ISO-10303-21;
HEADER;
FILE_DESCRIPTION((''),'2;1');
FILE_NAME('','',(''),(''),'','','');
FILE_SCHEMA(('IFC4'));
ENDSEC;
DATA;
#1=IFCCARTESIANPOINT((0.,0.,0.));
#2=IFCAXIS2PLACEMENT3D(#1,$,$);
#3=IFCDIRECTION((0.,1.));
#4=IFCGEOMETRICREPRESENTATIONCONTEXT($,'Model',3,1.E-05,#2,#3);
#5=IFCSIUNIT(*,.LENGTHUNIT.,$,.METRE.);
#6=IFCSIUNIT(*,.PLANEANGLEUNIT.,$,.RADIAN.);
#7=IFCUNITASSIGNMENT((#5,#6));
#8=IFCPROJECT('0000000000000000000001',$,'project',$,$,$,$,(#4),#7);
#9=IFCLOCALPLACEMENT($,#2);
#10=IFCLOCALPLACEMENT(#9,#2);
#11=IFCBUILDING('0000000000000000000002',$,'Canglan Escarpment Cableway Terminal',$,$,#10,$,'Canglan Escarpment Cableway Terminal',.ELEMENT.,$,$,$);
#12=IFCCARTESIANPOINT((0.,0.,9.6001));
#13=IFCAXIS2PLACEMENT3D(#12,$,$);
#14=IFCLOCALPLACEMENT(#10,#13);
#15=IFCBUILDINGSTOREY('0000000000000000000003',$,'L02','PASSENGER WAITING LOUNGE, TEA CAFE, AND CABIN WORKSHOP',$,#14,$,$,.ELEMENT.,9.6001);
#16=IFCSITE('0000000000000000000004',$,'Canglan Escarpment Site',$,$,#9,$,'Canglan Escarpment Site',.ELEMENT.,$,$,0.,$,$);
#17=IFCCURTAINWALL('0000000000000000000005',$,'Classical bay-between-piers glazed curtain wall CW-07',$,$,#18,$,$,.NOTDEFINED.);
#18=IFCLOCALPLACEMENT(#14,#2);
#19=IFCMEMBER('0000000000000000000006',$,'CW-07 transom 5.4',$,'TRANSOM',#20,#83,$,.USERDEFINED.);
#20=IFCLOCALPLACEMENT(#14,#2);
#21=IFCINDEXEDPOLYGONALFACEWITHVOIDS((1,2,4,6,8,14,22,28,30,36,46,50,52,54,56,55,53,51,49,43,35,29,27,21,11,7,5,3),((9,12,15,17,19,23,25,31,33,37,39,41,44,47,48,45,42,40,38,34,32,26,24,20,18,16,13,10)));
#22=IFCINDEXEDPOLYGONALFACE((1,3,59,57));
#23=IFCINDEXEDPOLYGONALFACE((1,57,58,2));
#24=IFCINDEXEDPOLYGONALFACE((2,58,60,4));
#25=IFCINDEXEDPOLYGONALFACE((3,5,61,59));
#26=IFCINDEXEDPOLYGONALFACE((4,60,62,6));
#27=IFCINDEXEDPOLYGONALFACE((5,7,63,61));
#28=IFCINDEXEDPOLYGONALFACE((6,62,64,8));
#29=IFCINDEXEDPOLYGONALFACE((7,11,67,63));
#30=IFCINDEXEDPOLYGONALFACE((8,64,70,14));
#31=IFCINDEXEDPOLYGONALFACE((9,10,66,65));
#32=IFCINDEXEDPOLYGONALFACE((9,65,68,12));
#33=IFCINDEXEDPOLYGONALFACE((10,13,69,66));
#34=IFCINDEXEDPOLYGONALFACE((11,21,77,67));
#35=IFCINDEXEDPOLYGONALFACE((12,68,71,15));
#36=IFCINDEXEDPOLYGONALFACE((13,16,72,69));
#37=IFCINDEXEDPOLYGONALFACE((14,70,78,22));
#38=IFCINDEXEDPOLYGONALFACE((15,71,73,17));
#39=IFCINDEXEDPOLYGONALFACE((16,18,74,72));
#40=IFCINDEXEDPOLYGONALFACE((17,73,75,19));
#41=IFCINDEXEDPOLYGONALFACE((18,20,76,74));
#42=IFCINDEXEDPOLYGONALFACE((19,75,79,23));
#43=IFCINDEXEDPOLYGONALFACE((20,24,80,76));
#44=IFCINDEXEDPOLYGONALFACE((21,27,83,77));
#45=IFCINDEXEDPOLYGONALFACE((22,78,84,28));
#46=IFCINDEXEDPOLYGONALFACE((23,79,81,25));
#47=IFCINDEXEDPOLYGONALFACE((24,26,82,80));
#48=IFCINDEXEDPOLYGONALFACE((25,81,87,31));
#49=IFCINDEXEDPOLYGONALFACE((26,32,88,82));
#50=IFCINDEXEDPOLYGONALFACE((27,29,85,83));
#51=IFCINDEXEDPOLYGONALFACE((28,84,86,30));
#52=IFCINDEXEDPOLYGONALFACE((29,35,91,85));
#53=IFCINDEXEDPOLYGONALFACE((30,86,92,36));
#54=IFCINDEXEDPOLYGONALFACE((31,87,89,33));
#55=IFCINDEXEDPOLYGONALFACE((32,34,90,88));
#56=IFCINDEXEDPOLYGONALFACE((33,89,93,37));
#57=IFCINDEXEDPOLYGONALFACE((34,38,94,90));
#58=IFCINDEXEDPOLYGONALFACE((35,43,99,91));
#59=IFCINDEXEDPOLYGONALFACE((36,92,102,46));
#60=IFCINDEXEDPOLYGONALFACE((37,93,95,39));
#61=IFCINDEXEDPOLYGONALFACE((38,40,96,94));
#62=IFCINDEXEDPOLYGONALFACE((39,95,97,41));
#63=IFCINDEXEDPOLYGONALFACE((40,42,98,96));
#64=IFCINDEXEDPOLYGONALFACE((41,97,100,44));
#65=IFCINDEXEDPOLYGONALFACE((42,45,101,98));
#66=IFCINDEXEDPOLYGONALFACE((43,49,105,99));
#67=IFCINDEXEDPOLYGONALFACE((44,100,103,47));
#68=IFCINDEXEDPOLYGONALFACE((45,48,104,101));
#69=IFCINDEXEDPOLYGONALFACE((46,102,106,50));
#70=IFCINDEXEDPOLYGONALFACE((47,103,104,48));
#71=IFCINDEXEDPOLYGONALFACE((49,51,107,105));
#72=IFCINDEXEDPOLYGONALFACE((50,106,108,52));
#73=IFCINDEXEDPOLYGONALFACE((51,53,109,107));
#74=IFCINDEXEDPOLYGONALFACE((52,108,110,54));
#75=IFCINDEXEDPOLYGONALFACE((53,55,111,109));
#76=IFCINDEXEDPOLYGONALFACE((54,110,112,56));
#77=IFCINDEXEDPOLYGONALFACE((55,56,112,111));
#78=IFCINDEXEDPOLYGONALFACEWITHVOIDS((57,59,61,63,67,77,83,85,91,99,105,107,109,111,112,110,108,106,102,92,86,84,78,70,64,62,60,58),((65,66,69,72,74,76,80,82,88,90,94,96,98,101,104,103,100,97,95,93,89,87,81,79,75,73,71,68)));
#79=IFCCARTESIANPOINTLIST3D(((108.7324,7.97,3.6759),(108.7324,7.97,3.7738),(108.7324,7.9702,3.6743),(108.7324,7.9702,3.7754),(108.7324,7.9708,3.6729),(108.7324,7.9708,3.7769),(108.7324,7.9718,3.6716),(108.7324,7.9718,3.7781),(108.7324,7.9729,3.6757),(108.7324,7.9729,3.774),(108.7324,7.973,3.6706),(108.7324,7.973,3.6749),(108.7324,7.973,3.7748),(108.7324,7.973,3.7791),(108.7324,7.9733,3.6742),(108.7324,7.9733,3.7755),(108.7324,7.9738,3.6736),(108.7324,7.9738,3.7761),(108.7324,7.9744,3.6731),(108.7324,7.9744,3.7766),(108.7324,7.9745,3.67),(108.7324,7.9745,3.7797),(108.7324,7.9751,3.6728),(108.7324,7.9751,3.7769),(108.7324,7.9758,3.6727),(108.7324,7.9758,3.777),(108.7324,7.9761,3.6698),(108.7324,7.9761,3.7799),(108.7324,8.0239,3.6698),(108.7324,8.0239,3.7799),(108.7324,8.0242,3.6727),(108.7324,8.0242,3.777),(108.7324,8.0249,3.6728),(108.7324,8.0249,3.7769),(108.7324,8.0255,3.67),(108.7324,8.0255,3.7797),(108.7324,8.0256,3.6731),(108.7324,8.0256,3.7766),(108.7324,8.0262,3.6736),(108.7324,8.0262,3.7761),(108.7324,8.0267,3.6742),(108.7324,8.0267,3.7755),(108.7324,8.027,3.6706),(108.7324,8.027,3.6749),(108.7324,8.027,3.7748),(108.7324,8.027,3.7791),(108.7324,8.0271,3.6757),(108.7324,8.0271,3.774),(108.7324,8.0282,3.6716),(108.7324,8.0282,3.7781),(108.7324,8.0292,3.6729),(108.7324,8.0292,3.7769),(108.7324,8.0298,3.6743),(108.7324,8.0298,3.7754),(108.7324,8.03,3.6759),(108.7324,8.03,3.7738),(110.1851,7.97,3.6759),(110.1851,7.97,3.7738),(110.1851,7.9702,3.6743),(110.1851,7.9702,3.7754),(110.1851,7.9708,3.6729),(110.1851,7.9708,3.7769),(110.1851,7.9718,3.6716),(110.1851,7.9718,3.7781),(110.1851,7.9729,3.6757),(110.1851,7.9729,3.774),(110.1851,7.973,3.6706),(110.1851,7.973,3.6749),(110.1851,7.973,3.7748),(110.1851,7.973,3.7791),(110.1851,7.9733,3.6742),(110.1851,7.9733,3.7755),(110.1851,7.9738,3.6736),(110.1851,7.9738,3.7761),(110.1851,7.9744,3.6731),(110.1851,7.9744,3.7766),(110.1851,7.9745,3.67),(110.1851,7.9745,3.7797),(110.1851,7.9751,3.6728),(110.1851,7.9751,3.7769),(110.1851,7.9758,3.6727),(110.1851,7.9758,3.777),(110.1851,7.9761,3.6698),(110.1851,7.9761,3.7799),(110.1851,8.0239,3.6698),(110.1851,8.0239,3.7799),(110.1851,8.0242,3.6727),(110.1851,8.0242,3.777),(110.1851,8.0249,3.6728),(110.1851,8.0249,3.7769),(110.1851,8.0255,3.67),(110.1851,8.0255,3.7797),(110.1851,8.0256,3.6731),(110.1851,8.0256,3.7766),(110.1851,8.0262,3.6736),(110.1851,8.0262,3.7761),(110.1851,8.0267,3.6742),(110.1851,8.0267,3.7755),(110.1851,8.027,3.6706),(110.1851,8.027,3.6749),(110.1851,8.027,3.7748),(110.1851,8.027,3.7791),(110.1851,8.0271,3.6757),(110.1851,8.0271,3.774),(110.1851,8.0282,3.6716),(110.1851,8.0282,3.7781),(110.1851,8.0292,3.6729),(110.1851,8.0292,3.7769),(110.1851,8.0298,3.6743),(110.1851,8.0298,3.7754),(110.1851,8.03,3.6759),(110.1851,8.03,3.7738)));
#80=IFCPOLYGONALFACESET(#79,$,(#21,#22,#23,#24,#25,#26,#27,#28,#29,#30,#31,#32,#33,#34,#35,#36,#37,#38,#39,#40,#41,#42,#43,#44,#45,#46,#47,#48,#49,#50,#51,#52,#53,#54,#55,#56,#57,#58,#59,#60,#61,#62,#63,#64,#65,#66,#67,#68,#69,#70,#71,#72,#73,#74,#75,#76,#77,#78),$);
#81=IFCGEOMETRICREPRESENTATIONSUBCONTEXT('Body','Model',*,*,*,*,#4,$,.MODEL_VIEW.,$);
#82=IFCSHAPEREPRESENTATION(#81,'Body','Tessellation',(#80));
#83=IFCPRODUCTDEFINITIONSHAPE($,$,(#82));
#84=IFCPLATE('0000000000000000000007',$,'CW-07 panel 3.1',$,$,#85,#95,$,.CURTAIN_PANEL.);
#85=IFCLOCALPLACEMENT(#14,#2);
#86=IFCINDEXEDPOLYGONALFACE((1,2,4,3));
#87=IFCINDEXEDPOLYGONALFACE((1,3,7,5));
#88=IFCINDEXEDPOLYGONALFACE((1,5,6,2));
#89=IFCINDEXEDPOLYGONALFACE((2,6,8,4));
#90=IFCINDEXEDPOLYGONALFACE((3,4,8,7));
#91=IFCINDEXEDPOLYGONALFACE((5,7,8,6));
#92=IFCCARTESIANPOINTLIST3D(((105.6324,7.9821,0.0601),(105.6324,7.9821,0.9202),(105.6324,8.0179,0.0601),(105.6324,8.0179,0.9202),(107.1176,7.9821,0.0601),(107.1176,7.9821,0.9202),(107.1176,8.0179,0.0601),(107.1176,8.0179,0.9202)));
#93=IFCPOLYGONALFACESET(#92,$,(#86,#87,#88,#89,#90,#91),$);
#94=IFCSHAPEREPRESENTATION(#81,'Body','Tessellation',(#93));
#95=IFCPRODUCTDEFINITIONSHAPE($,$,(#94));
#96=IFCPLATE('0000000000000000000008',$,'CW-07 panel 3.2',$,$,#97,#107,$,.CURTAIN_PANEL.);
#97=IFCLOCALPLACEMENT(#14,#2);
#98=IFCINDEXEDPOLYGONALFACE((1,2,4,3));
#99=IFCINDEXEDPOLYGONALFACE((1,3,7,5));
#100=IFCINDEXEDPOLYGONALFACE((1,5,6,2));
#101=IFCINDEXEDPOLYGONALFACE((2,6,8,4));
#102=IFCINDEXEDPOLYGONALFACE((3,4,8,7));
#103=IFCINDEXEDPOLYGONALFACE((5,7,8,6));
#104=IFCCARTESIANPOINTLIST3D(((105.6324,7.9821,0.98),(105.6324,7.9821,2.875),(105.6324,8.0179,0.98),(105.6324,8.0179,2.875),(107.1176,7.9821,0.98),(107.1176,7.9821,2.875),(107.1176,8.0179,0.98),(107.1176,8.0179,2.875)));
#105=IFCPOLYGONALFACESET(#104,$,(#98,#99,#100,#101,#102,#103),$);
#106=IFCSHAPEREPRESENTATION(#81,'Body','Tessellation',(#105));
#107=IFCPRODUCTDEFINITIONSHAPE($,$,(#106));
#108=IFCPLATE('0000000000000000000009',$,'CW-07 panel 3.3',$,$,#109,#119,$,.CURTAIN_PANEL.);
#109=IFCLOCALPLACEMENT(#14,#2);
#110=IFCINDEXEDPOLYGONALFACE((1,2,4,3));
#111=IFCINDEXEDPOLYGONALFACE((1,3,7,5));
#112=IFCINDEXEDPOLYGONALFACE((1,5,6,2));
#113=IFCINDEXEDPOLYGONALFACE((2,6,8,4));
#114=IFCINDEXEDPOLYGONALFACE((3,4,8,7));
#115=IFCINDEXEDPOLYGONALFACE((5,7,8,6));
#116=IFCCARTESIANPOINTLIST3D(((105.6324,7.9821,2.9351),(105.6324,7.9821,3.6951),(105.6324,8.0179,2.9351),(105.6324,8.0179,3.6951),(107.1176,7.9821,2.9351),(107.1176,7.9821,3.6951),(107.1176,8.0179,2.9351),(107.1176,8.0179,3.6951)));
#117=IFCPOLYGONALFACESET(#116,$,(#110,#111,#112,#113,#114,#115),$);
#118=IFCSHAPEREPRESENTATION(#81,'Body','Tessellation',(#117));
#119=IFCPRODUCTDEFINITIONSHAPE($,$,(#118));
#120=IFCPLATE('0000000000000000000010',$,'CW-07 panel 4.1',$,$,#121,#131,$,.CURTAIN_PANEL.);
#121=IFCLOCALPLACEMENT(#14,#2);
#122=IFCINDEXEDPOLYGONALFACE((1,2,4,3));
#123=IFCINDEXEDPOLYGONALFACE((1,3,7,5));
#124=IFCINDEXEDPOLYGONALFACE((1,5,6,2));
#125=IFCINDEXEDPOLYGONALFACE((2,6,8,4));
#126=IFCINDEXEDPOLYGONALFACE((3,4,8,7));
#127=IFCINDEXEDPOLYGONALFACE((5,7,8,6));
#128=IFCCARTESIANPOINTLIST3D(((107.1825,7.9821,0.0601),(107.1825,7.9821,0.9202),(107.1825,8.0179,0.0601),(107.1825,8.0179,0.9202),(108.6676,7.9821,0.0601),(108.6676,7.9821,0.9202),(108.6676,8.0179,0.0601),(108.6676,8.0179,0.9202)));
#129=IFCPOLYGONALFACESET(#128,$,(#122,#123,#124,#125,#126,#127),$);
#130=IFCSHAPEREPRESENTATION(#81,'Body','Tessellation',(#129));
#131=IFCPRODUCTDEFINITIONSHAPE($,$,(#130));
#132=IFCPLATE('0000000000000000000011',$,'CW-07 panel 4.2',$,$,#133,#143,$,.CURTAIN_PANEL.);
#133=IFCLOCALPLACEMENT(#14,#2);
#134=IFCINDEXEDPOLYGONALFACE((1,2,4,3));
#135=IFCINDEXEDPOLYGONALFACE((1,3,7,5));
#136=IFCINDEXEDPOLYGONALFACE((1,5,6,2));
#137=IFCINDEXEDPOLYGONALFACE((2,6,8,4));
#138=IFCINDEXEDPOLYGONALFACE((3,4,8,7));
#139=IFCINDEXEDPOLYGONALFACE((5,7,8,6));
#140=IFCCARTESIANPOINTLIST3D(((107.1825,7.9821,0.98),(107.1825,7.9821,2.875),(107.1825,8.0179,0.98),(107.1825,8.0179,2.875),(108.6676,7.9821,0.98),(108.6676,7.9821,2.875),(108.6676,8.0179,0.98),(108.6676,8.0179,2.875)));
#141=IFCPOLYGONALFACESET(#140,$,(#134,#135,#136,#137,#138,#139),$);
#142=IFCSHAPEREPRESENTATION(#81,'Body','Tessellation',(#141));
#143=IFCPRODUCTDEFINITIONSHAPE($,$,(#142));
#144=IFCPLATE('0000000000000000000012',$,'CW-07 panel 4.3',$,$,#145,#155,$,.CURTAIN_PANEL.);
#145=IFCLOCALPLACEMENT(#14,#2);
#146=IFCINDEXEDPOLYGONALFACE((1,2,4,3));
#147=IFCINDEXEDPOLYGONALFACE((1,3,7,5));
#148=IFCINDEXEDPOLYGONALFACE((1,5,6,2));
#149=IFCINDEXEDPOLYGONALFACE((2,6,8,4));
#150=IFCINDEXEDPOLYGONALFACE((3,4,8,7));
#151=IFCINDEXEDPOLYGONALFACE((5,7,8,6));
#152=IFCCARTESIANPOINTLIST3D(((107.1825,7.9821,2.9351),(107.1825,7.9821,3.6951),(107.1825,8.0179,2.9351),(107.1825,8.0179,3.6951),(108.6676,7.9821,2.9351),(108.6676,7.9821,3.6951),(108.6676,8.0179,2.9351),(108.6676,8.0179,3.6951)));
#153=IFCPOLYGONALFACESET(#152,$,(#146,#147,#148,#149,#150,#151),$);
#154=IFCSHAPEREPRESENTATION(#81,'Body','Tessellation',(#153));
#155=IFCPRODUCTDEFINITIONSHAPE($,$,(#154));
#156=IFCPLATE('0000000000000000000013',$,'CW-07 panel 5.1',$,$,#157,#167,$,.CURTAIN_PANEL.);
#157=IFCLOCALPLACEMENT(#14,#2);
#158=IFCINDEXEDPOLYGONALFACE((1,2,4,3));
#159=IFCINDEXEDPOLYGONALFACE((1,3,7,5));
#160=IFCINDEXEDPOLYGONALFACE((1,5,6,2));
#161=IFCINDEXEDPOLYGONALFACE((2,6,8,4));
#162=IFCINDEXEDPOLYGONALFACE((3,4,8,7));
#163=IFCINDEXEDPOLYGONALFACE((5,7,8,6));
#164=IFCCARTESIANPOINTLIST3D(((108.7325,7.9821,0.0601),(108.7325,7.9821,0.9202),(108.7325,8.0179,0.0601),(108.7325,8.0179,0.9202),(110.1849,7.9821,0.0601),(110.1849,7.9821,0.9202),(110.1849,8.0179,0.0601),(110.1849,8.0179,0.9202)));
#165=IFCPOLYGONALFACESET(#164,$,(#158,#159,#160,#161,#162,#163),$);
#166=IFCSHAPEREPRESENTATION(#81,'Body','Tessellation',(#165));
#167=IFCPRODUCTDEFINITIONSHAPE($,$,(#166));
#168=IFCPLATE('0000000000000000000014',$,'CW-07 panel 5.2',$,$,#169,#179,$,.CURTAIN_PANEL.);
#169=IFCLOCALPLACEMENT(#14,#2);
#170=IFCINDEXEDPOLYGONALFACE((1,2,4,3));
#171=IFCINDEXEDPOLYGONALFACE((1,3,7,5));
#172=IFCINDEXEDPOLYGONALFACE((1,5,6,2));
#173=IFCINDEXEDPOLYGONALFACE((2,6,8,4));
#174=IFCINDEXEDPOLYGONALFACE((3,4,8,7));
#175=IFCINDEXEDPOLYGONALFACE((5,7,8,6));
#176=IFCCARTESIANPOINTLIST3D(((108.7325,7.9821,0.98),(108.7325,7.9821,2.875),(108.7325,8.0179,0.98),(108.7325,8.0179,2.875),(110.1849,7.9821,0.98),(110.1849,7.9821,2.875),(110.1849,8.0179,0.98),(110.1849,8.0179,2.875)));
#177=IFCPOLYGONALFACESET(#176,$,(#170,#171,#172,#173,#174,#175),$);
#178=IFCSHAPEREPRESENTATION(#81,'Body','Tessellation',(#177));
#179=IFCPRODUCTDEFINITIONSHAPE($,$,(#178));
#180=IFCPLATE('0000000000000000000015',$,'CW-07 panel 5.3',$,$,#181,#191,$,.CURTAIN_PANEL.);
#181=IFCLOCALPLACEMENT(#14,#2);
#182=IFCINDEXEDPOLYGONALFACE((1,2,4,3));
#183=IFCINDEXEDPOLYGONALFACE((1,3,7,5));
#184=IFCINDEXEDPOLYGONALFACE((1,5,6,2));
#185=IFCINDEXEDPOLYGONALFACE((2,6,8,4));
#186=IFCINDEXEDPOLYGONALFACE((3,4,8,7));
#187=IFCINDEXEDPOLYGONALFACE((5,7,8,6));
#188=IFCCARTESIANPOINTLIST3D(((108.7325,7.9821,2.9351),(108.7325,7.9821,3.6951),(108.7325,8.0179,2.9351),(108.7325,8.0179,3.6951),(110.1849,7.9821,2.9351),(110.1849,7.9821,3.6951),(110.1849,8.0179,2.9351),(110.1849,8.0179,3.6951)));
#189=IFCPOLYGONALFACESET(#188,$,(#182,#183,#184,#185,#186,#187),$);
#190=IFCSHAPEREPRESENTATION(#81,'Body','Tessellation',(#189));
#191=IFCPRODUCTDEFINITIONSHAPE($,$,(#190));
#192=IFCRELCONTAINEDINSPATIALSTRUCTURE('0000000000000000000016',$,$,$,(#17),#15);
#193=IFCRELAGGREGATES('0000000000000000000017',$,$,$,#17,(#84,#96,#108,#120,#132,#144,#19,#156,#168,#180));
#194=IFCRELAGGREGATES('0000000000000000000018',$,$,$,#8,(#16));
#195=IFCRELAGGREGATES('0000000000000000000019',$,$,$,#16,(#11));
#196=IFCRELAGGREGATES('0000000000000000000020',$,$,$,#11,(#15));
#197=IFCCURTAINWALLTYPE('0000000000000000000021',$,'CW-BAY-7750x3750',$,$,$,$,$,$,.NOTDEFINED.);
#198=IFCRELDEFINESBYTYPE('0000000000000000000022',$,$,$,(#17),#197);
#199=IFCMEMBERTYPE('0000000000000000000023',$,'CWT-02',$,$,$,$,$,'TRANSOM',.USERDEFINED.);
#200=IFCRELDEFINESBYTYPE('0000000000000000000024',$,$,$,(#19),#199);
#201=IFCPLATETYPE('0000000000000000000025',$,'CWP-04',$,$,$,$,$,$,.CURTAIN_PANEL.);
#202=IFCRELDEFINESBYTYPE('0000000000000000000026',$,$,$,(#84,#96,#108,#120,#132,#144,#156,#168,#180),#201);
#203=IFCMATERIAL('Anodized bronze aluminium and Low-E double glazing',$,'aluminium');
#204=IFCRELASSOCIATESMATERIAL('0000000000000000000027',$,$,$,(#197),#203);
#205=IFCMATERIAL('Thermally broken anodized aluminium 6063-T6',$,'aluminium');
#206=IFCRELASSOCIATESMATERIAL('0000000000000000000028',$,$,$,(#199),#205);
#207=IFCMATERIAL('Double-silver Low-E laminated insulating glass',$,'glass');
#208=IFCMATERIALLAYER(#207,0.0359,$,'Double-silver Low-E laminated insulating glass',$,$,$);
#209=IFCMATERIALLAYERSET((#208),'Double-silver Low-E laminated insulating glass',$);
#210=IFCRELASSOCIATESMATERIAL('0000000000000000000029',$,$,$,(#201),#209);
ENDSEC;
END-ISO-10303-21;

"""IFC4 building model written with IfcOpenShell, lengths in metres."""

from ifc_helpers import new_model, si_unit, direction, frame, origin, origin_2d, place, context, subcontext, project, spatial, rectangle, hollow_rectangle, extrude, material, layer, layer_set, material_profile, profile_set, type_object, element, aggregate, save


model = new_model("IFC4")

# Units and contexts
model_context = context("Model", 3, precision=1e-05, world=origin(), true_north=direction((0.0, 1.0)))
body_context = subcontext(model_context, "Body", "Model", "MODEL_VIEW")
ifc_project = project(units=[si_unit("LENGTHUNIT", "METRE"), si_unit("PLANEANGLEUNIT", "RADIAN")], contexts=[model_context])

# Site, building, storey
site_placement = place(None, origin())
site = spatial("IfcSite", under=ifc_project, at=site_placement, Name="Canglan Escarpment Site", LongName="Canglan Escarpment Site", CompositionType="ELEMENT", RefElevation=0.0)
building_placement = place(site_placement, origin())
building = spatial("IfcBuilding", under=site, at=building_placement, Name="Canglan Escarpment Cableway Terminal", LongName="Canglan Escarpment Cableway Terminal", CompositionType="ELEMENT")
storey_placement = place(building_placement, frame((0.0, 0.0, 9.6001)))
storey = spatial("IfcBuildingStorey", under=building, at=storey_placement, Name="L02", Description="PASSENGER WAITING LOUNGE, TEA CAFE, AND CABIN WORKSHOP", CompositionType="ELEMENT", Elevation=9.6001)

# Curtain wall, member, plates
ifc_material_1 = material(Name="Anodized bronze aluminium and Low-E double glazing", Category="aluminium")
curtain_wall_type = type_object("IfcCurtainWallType", Name="CW-BAY-7750x3750", PredefinedType="NOTDEFINED", material=ifc_material_1)
curtain_wall_placement = place(storey_placement, origin())
curtain_wall = element("IfcCurtainWall", 1, at=curtain_wall_placement, inside=storey, type_object=curtain_wall_type, Name="Classical bay-between-piers glazed curtain wall CW-07", PredefinedType="NOTDEFINED")
ifc_material_2 = material(Name="Thermally broken anodized aluminium 6063-T6", Category="aluminium")
ifc_material_profile_1 = material_profile(ifc_material_2, hollow_rectangle(XDim=0.0601, YDim=0.1101, WallThickness=0.0029, InnerFilletRadius=0.0029, OuterFilletRadius=0.0061, at=origin_2d()), Name="ALU-TRAN 60x110x3")
ifc_profile_set_1 = profile_set([ifc_material_profile_1], Name="Thermally broken anodized aluminium 6063-T6")
member_type_1 = type_object("IfcMemberType", Name="CWT-02", ElementType="TRANSOM", PredefinedType="USERDEFINED", material=ifc_profile_set_1)
member_1_placement = place(storey_placement, frame((108.7324, 8.0, 3.7249), z_axis=(1.0, 0.0, 0.0), x_axis=(0.0, 1.0, 0.0)))
member_1 = element("IfcMember", 2, at=member_1_placement, type_object=member_type_1, Name="CW-07 transom 5.4", ObjectType="TRANSOM", PredefinedType="USERDEFINED", context=body_context, shape_type="SweptSolid", body=[
    extrude(hollow_rectangle(XDim=0.0601, YDim=0.1101, WallThickness=0.0029, InnerFilletRadius=0.0029, OuterFilletRadius=0.0061, at=origin_2d()), origin(), (0.0, 0.0, 1.0), 1.4526),
])
ifc_material_3 = material(Name="Double-silver Low-E laminated insulating glass", Category="glass")
ifc_layer_1 = layer(ifc_material_3, 0.0359, Name="Double-silver Low-E laminated insulating glass")
ifc_layer_set_1 = layer_set([ifc_layer_1], Name="Double-silver Low-E laminated insulating glass")
plate_type = type_object("IfcPlateType", Name="CWP-04", PredefinedType="CURTAIN_PANEL", material=ifc_layer_set_1)
plate_1_placement = place(storey_placement, frame((106.375, 8.0, 0.0601), z_axis=(0.0, 0.0, 1.0), x_axis=(1.0, 0.0, 0.0)))
plate_1 = element("IfcPlate", 3, at=plate_1_placement, type_object=plate_type, Name="CW-07 panel 3.1", PredefinedType="CURTAIN_PANEL", context=body_context, shape_type="SweptSolid", body=[
    extrude(rectangle(XDim=1.4851, YDim=0.0359, at=origin_2d()), origin(), (0.0, 0.0, 1.0), 0.8601),
])
plate_2_placement = place(storey_placement, frame((106.375, 8.0, 0.98), z_axis=(0.0, 0.0, 1.0), x_axis=(1.0, 0.0, 0.0)))
plate_2 = element("IfcPlate", 4, at=plate_2_placement, type_object=plate_type, Name="CW-07 panel 3.2", PredefinedType="CURTAIN_PANEL", context=body_context, shape_type="SweptSolid", body=[
    extrude(rectangle(XDim=1.4851, YDim=0.0359, at=origin_2d()), origin(), (0.0, 0.0, 1.0), 1.895),
])
plate_3_placement = place(storey_placement, frame((106.375, 8.0, 2.9351), z_axis=(0.0, 0.0, 1.0), x_axis=(1.0, 0.0, 0.0)))
plate_3 = element("IfcPlate", 5, at=plate_3_placement, type_object=plate_type, Name="CW-07 panel 3.3", PredefinedType="CURTAIN_PANEL", context=body_context, shape_type="SweptSolid", body=[
    extrude(rectangle(XDim=1.4851, YDim=0.0359, at=origin_2d()), origin(), (0.0, 0.0, 1.0), 0.76),
])
plate_4_placement = place(storey_placement, frame((107.925, 8.0, 0.0601), z_axis=(0.0, 0.0, 1.0), x_axis=(1.0, 0.0, 0.0)))
plate_4 = element("IfcPlate", 6, at=plate_4_placement, type_object=plate_type, Name="CW-07 panel 4.1", PredefinedType="CURTAIN_PANEL", context=body_context, shape_type="SweptSolid", body=[
    extrude(rectangle(XDim=1.4851, YDim=0.0359, at=origin_2d()), origin(), (0.0, 0.0, 1.0), 0.8601),
])
plate_5_placement = place(storey_placement, frame((107.925, 8.0, 0.98), z_axis=(0.0, 0.0, 1.0), x_axis=(1.0, 0.0, 0.0)))
plate_5 = element("IfcPlate", 7, at=plate_5_placement, type_object=plate_type, Name="CW-07 panel 4.2", PredefinedType="CURTAIN_PANEL", context=body_context, shape_type="SweptSolid", body=[
    extrude(rectangle(XDim=1.4851, YDim=0.0359, at=origin_2d()), origin(), (0.0, 0.0, 1.0), 1.895),
])
plate_6_placement = place(storey_placement, frame((107.925, 8.0, 2.9351), z_axis=(0.0, 0.0, 1.0), x_axis=(1.0, 0.0, 0.0)))
plate_6 = element("IfcPlate", 8, at=plate_6_placement, type_object=plate_type, Name="CW-07 panel 4.3", PredefinedType="CURTAIN_PANEL", context=body_context, shape_type="SweptSolid", body=[
    extrude(rectangle(XDim=1.4851, YDim=0.0359, at=origin_2d()), origin(), (0.0, 0.0, 1.0), 0.76),
])
plate_7_placement = place(storey_placement, frame((109.4587, 8.0, 0.0601), z_axis=(0.0, 0.0, 1.0), x_axis=(1.0, 0.0, 0.0)))
plate_7 = element("IfcPlate", 9, at=plate_7_placement, type_object=plate_type, Name="CW-07 panel 5.1", PredefinedType="CURTAIN_PANEL", context=body_context, shape_type="SweptSolid", body=[
    extrude(rectangle(XDim=1.4524, YDim=0.0359, at=origin_2d()), origin(), (0.0, 0.0, 1.0), 0.8601),
])
plate_8_placement = place(storey_placement, frame((109.4587, 8.0, 0.98), z_axis=(0.0, 0.0, 1.0), x_axis=(1.0, 0.0, 0.0)))
plate_8 = element("IfcPlate", 10, at=plate_8_placement, type_object=plate_type, Name="CW-07 panel 5.2", PredefinedType="CURTAIN_PANEL", context=body_context, shape_type="SweptSolid", body=[
    extrude(rectangle(XDim=1.4524, YDim=0.0359, at=origin_2d()), origin(), (0.0, 0.0, 1.0), 1.895),
])
plate_9_placement = place(storey_placement, frame((109.4587, 8.0, 2.9351), z_axis=(0.0, 0.0, 1.0), x_axis=(1.0, 0.0, 0.0)))
plate_9 = element("IfcPlate", 11, at=plate_9_placement, type_object=plate_type, Name="CW-07 panel 5.3", PredefinedType="CURTAIN_PANEL", context=body_context, shape_type="SweptSolid", body=[
    extrude(rectangle(XDim=1.4524, YDim=0.0359, at=origin_2d()), origin(), (0.0, 0.0, 1.0), 0.76),
])
aggregate(curtain_wall, [plate_1, plate_2, plate_3, plate_4, plate_5, plate_6, member_1, plate_7, plate_8, plate_9])

save(model, "model.ifc")
